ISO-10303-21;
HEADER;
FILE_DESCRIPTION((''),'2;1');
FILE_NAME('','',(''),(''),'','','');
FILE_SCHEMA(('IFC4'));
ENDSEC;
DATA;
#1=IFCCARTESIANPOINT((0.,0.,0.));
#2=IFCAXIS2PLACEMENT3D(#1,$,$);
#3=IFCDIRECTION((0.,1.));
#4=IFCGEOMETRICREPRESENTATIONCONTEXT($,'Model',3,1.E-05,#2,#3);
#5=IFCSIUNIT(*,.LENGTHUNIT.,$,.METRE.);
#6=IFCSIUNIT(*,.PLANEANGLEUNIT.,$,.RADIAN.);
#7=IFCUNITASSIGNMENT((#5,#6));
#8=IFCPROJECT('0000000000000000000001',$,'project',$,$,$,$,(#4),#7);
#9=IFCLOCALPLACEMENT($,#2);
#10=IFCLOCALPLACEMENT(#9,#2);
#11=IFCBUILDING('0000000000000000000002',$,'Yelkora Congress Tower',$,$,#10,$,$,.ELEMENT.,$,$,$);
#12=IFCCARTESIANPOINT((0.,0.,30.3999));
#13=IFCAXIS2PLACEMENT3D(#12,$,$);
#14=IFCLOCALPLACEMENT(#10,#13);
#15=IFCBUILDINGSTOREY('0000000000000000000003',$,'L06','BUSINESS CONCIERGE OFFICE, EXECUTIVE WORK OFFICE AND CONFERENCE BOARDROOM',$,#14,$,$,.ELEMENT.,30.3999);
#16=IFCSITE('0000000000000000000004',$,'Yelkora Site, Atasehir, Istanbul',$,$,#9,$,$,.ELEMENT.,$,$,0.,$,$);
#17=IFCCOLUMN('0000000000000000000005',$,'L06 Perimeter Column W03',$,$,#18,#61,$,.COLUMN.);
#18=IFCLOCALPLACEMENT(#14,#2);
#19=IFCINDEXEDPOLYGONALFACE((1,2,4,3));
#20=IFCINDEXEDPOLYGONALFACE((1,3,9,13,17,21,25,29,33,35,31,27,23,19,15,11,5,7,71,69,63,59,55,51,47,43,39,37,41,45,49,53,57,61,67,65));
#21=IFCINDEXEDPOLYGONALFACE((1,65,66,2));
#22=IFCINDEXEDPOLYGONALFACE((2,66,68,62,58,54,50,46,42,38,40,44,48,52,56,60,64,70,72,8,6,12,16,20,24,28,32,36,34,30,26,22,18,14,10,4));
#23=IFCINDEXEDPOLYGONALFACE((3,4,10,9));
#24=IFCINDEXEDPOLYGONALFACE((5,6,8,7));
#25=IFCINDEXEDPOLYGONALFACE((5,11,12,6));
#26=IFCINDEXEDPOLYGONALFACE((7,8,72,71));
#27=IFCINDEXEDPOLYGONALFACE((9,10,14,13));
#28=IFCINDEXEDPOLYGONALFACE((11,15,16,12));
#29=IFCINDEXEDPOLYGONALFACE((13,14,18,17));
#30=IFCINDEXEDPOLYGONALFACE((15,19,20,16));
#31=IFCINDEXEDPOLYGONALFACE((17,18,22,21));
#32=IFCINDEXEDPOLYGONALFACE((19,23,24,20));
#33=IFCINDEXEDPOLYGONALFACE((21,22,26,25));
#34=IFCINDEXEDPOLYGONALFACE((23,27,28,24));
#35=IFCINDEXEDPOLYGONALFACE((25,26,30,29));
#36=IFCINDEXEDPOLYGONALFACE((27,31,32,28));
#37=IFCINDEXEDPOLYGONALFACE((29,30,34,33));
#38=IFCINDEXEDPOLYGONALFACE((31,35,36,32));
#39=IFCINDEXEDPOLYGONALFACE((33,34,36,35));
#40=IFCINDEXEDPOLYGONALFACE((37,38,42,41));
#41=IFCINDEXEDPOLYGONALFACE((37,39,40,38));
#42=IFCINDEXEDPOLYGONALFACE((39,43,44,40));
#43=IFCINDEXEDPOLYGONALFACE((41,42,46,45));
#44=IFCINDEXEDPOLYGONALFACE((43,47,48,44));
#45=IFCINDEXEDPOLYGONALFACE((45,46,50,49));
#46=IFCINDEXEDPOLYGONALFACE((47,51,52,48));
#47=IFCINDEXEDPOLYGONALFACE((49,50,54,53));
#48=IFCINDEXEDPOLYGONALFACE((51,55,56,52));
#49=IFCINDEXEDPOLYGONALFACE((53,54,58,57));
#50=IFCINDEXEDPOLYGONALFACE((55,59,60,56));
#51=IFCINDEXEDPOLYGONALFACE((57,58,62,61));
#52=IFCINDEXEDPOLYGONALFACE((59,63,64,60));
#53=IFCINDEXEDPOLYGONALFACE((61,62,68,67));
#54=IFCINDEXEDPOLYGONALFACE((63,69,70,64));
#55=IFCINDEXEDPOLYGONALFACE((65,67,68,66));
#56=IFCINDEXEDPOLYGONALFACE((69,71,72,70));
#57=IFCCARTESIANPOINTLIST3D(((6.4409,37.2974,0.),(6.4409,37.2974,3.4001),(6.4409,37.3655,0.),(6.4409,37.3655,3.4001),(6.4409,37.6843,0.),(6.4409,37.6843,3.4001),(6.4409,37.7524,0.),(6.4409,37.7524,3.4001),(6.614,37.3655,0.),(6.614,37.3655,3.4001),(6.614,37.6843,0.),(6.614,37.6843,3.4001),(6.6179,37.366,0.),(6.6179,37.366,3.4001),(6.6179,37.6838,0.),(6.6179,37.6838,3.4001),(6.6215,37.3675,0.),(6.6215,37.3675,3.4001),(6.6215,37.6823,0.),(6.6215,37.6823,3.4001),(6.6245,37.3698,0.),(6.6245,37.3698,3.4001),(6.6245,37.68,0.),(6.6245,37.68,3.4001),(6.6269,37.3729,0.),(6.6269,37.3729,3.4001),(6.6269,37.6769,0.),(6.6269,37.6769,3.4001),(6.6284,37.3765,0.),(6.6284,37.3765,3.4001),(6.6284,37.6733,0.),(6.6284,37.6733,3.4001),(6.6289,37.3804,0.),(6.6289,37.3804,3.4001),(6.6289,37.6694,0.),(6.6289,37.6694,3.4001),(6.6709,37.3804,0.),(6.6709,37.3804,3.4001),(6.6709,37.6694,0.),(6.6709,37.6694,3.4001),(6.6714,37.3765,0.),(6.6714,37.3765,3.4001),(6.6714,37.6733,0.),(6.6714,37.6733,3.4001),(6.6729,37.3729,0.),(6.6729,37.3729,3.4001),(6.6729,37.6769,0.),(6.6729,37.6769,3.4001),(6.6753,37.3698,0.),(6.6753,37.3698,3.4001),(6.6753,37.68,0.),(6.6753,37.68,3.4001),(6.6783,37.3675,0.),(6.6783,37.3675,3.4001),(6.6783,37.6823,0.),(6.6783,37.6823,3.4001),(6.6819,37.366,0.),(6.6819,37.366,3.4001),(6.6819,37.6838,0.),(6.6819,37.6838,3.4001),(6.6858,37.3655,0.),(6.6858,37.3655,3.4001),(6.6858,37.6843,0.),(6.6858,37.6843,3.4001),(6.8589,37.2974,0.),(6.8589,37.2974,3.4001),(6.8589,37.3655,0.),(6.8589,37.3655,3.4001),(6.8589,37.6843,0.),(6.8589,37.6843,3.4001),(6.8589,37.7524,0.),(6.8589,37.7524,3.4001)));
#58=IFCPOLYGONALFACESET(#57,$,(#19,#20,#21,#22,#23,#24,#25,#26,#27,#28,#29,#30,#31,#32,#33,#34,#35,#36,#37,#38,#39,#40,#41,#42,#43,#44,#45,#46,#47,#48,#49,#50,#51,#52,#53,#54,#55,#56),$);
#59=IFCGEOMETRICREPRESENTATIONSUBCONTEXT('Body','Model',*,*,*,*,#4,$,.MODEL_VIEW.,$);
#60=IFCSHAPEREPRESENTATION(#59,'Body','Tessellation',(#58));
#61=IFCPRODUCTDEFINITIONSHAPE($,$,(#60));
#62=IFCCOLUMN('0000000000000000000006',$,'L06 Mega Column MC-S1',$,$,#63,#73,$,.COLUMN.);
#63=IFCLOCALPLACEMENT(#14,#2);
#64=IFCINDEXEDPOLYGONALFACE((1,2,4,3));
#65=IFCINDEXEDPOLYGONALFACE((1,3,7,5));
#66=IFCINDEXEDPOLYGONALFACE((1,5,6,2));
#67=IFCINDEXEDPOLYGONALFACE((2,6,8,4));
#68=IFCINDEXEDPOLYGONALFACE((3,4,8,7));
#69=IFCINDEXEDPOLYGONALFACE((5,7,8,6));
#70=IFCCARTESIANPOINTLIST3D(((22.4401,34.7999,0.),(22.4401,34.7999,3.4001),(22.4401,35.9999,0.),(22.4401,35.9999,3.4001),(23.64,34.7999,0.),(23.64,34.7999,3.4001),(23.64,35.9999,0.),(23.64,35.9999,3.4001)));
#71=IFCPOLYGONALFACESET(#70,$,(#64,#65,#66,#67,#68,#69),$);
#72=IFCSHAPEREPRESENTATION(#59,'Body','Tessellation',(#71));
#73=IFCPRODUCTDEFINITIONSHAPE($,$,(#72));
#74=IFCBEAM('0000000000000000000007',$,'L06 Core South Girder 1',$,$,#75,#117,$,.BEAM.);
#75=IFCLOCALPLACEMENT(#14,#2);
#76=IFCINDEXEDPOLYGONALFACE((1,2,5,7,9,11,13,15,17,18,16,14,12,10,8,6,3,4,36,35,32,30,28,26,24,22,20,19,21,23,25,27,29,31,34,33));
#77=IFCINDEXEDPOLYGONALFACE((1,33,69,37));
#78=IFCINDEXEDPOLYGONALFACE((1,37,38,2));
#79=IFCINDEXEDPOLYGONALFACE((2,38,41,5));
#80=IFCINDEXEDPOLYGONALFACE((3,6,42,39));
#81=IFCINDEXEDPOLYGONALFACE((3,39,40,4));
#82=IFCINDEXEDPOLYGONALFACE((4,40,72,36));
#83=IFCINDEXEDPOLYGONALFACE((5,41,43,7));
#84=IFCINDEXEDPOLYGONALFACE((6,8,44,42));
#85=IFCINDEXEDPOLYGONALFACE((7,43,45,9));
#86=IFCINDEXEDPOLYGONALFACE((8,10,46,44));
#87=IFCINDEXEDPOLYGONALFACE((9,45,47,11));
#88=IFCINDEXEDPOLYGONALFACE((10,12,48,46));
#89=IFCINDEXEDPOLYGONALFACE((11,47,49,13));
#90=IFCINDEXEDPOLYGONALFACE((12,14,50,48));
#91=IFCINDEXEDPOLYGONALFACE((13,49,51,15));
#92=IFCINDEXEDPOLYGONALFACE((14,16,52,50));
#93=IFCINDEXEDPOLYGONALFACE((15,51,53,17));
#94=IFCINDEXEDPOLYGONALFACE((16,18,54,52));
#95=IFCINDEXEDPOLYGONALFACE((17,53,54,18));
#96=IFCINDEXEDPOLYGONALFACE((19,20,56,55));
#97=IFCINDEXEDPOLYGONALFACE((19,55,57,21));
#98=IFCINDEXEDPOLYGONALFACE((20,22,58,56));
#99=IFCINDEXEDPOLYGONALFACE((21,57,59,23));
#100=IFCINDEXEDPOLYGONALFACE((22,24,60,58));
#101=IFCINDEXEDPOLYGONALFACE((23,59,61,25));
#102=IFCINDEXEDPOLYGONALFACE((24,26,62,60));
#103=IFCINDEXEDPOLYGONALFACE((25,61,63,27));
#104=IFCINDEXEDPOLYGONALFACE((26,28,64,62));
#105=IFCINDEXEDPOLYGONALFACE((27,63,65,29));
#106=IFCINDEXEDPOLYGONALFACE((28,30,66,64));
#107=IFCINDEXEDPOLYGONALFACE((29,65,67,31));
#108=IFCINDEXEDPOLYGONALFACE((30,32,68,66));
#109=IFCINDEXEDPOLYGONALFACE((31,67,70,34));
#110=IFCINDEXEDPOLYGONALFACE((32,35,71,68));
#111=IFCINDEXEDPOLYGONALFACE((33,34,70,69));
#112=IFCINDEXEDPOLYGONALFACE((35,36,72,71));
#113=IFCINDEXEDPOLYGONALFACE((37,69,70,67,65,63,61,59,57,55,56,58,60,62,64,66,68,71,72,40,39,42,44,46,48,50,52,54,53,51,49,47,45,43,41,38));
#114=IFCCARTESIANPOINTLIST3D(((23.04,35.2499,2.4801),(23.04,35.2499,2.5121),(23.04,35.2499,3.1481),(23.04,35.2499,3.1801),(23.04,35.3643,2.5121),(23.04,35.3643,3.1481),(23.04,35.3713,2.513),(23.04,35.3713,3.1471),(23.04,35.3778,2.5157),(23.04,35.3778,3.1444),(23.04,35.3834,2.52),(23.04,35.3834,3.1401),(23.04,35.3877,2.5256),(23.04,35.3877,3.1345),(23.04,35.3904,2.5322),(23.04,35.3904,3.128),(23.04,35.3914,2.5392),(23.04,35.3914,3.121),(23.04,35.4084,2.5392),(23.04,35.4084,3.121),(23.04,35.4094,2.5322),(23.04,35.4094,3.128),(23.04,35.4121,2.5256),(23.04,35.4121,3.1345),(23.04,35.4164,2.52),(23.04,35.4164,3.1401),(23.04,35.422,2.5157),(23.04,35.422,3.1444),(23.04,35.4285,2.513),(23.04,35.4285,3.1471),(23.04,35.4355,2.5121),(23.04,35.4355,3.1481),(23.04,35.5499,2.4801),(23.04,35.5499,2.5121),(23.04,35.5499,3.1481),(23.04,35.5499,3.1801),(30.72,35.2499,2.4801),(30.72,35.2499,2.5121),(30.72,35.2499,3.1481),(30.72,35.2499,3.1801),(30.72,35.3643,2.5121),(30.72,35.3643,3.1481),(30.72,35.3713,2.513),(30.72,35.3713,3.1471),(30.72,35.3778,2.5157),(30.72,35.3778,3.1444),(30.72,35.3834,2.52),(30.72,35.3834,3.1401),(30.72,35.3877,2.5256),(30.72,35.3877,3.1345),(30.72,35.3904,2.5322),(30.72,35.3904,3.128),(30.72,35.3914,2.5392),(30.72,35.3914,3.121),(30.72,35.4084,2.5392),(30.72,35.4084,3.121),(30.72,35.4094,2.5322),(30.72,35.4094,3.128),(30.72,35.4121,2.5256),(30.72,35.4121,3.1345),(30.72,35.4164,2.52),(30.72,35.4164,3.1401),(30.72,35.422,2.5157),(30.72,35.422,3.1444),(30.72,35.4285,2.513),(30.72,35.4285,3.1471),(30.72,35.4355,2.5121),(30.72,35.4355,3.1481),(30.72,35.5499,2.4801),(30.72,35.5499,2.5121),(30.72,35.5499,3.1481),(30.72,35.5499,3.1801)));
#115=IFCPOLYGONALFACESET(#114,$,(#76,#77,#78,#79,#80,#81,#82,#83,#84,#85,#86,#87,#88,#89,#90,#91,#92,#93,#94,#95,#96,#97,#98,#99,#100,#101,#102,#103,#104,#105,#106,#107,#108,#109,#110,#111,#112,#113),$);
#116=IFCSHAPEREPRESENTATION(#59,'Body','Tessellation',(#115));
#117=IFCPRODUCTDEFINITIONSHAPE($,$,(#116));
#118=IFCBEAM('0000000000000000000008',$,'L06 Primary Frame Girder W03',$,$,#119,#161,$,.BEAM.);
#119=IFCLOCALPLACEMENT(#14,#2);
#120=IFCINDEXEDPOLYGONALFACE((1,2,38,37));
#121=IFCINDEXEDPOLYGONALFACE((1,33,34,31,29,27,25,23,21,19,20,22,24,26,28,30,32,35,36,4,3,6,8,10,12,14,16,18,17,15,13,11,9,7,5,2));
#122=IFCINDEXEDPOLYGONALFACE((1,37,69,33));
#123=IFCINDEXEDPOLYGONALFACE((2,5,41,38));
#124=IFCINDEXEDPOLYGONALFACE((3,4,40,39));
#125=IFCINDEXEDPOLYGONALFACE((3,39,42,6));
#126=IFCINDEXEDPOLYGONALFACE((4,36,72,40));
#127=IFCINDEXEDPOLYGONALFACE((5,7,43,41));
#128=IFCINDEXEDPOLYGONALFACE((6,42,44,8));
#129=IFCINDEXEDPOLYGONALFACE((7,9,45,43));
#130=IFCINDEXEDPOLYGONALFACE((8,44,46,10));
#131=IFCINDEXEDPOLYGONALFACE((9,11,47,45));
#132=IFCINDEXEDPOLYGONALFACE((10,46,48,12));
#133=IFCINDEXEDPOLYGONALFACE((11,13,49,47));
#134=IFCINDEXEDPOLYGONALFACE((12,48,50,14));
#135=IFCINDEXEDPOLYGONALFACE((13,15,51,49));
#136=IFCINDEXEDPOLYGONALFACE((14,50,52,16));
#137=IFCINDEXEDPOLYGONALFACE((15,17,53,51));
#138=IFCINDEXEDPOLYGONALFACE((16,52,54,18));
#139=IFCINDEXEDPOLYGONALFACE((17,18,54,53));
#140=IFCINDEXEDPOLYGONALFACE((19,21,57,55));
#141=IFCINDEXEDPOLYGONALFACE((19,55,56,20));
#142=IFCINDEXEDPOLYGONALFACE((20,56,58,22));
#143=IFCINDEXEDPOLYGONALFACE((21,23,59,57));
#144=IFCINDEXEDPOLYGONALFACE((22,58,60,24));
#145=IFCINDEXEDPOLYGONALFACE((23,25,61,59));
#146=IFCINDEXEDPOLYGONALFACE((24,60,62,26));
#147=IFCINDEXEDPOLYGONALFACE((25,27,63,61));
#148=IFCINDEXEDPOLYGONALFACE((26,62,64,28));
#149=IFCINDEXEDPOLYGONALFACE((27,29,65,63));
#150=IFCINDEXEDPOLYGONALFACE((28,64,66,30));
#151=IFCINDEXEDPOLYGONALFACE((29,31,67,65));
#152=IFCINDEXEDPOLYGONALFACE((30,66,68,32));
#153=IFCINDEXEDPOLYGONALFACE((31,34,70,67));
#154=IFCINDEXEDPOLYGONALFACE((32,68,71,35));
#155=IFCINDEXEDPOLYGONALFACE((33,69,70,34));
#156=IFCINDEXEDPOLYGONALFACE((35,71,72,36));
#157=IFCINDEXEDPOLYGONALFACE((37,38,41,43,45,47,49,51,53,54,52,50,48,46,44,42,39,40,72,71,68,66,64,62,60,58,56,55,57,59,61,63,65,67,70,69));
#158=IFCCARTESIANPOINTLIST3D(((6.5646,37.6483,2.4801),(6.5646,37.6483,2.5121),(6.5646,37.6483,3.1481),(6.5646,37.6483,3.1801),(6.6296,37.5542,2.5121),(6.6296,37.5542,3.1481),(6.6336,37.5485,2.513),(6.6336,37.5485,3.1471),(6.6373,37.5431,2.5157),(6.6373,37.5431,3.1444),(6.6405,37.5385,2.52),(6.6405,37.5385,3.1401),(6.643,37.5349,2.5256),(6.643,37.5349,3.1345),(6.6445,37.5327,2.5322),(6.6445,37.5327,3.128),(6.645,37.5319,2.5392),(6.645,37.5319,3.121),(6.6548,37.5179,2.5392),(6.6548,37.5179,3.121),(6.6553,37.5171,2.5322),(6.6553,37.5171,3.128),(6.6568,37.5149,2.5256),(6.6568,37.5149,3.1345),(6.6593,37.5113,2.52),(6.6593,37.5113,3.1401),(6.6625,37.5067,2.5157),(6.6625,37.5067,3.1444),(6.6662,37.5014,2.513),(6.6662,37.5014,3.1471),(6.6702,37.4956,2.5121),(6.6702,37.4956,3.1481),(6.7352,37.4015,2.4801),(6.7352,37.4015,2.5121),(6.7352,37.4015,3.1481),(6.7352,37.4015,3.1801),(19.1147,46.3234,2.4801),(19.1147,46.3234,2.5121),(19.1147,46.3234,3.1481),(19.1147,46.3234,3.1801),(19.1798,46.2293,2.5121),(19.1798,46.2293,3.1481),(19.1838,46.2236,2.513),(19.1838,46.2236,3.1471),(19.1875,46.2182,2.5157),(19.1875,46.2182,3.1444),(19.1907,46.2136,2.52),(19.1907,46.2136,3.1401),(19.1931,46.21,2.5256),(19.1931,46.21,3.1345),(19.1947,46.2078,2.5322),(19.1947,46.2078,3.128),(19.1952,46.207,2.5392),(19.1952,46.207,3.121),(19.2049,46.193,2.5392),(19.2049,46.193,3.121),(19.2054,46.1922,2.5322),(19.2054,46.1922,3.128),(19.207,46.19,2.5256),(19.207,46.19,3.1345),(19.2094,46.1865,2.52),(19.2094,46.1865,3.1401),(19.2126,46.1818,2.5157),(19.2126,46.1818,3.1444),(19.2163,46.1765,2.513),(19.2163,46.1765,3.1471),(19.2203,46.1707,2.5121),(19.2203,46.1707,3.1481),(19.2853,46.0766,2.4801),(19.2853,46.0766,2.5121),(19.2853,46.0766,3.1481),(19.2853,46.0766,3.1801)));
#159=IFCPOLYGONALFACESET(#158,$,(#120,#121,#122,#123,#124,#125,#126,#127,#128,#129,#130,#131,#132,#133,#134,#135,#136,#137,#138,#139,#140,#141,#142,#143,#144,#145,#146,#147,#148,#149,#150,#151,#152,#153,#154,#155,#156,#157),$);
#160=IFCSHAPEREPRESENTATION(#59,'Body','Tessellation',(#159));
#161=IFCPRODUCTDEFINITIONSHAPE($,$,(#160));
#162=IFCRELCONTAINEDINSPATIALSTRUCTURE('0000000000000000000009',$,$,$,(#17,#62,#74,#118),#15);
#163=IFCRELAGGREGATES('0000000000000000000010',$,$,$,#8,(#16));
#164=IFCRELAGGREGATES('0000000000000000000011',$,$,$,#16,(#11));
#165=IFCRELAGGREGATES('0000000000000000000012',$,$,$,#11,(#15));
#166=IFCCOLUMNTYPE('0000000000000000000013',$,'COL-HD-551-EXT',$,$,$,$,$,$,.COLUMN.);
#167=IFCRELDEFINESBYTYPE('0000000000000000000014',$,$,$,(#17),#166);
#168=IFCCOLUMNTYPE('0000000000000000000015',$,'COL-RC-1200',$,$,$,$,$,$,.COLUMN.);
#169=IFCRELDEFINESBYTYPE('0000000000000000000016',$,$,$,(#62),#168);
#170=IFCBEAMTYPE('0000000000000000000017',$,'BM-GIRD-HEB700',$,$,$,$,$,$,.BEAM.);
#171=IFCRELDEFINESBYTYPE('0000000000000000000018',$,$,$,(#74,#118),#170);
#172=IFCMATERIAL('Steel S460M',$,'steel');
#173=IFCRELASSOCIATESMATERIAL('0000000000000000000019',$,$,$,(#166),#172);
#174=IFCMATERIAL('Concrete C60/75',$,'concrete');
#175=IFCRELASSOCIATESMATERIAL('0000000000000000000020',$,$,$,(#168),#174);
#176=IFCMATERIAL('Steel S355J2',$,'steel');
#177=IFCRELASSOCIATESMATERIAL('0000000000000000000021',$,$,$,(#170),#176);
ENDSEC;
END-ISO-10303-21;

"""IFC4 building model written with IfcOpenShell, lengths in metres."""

from ifc_helpers import new_model, si_unit, direction, frame, origin, origin_2d, place, context, subcontext, project, spatial, rectangle, i_section, extrude, material, material_profile, profile_set, type_object, element, save


model = new_model("IFC4")

# Units and contexts
model_context = context("Model", 3, precision=1e-05, world=origin(), true_north=direction((0.0, 1.0)))
body_context = subcontext(model_context, "Body", "Model", "MODEL_VIEW")
ifc_project = project(units=[si_unit("LENGTHUNIT", "METRE"), si_unit("PLANEANGLEUNIT", "RADIAN")], contexts=[model_context])

# Site, building, storey
site_placement = place(None, origin())
site = spatial("IfcSite", under=ifc_project, at=site_placement, Name="Yelkora Site, Atasehir, Istanbul", CompositionType="ELEMENT", RefElevation=0.0)
building_placement = place(site_placement, origin())
building = spatial("IfcBuilding", under=site, at=building_placement, Name="Yelkora Congress Tower", CompositionType="ELEMENT")
storey_placement = place(building_placement, frame((0.0, 0.0, 30.3999)))
storey = spatial("IfcBuildingStorey", under=building, at=storey_placement, Name="L06", Description="BUSINESS CONCIERGE OFFICE, EXECUTIVE WORK OFFICE AND CONFERENCE BOARDROOM", CompositionType="ELEMENT", Elevation=30.3999)

# Columns
ifc_material_1 = material(Name="Steel S460M", Category="steel")
ifc_material_profile_1 = material_profile(ifc_material_1, i_section(OverallWidth=0.418, OverallDepth=0.4551, WebThickness=0.042, FlangeThickness=0.0681, FilletRadius=0.0149, at=origin_2d()), Name="HD 400x551")
ifc_profile_set_1 = profile_set([ifc_material_profile_1], Name="Steel S460M")
column_type_1 = type_object("IfcColumnType", Name="COL-HD-551-EXT", PredefinedType="COLUMN", material=ifc_profile_set_1)
column_1_placement = place(storey_placement, frame((6.6499, 37.5249, 0.0), z_axis=(0.0, 0.0, 1.0), x_axis=(1.0, 0.0, 0.0)))
element("IfcColumn", 1, at=column_1_placement, inside=storey, type_object=column_type_1, Name="L06 Perimeter Column W03", PredefinedType="COLUMN", context=body_context, shape_type="SweptSolid", body=[
    extrude(i_section(OverallWidth=0.418, OverallDepth=0.4551, WebThickness=0.042, FlangeThickness=0.0681, FilletRadius=0.0149, at=origin_2d()), origin(), (0.0, 0.0, 1.0), 3.4001),
])
ifc_material_2 = material(Name="Concrete C60/75", Category="concrete")
ifc_material_profile_2 = material_profile(ifc_material_2, rectangle(XDim=1.2, YDim=1.2, at=origin_2d()), Name="RC 1200x1200")
ifc_profile_set_2 = profile_set([ifc_material_profile_2], Name="Concrete C60/75")
column_type_2 = type_object("IfcColumnType", Name="COL-RC-1200", PredefinedType="COLUMN", material=ifc_profile_set_2)
column_2_placement = place(storey_placement, frame((23.04, 35.3999, 0.0), z_axis=(0.0, 0.0, 1.0), x_axis=(1.0, 0.0, 0.0)))
element("IfcColumn", 2, at=column_2_placement, inside=storey, type_object=column_type_2, Name="L06 Mega Column MC-S1", PredefinedType="COLUMN", context=body_context, shape_type="SweptSolid", body=[
    extrude(rectangle(XDim=1.2, YDim=1.2, at=origin_2d()), origin(), (0.0, 0.0, 1.0), 3.4001),
])

# Beams
ifc_material_3 = material(Name="Steel S355J2", Category="steel")
ifc_material_profile_3 = material_profile(ifc_material_3, i_section(OverallWidth=0.3, OverallDepth=0.7, WebThickness=0.0171, FlangeThickness=0.032, FilletRadius=0.0271, at=origin_2d()), Name="HEB 700")
ifc_profile_set_3 = profile_set([ifc_material_profile_3], Name="Steel S355J2")
beam_type_1 = type_object("IfcBeamType", Name="BM-GIRD-HEB700", PredefinedType="BEAM", material=ifc_profile_set_3)
beam_1_placement = place(storey_placement, frame((23.04, 35.3999, 2.8301), z_axis=(1.0, 0.0, 0.0), x_axis=(0.0, 1.0, 0.0)))
element("IfcBeam", 3, at=beam_1_placement, inside=storey, type_object=beam_type_1, Name="L06 Core South Girder 1", PredefinedType="BEAM", context=body_context, shape_type="SweptSolid", body=[
    extrude(i_section(OverallWidth=0.3, OverallDepth=0.7, WebThickness=0.0171, FlangeThickness=0.032, FilletRadius=0.0271, at=origin_2d()), origin(), (0.0, 0.0, 1.0), 7.6799),
])
beam_2_placement = place(storey_placement, frame((6.6499, 37.5249, 2.8301), z_axis=(0.822604, 0.568614, 0.0), x_axis=(-0.568614, 0.822604, 0.0)))
element("IfcBeam", 4, at=beam_2_placement, inside=storey, type_object=beam_type_1, Name="L06 Primary Frame Girder W03", PredefinedType="BEAM", context=body_context, shape_type="SweptSolid", body=[
    extrude(i_section(OverallWidth=0.3, OverallDepth=0.7, WebThickness=0.0171, FlangeThickness=0.032, FilletRadius=0.0271, at=origin_2d()), origin(), (0.0, 0.0, 1.0), 15.2566),
])

save(model, "model.ifc")
